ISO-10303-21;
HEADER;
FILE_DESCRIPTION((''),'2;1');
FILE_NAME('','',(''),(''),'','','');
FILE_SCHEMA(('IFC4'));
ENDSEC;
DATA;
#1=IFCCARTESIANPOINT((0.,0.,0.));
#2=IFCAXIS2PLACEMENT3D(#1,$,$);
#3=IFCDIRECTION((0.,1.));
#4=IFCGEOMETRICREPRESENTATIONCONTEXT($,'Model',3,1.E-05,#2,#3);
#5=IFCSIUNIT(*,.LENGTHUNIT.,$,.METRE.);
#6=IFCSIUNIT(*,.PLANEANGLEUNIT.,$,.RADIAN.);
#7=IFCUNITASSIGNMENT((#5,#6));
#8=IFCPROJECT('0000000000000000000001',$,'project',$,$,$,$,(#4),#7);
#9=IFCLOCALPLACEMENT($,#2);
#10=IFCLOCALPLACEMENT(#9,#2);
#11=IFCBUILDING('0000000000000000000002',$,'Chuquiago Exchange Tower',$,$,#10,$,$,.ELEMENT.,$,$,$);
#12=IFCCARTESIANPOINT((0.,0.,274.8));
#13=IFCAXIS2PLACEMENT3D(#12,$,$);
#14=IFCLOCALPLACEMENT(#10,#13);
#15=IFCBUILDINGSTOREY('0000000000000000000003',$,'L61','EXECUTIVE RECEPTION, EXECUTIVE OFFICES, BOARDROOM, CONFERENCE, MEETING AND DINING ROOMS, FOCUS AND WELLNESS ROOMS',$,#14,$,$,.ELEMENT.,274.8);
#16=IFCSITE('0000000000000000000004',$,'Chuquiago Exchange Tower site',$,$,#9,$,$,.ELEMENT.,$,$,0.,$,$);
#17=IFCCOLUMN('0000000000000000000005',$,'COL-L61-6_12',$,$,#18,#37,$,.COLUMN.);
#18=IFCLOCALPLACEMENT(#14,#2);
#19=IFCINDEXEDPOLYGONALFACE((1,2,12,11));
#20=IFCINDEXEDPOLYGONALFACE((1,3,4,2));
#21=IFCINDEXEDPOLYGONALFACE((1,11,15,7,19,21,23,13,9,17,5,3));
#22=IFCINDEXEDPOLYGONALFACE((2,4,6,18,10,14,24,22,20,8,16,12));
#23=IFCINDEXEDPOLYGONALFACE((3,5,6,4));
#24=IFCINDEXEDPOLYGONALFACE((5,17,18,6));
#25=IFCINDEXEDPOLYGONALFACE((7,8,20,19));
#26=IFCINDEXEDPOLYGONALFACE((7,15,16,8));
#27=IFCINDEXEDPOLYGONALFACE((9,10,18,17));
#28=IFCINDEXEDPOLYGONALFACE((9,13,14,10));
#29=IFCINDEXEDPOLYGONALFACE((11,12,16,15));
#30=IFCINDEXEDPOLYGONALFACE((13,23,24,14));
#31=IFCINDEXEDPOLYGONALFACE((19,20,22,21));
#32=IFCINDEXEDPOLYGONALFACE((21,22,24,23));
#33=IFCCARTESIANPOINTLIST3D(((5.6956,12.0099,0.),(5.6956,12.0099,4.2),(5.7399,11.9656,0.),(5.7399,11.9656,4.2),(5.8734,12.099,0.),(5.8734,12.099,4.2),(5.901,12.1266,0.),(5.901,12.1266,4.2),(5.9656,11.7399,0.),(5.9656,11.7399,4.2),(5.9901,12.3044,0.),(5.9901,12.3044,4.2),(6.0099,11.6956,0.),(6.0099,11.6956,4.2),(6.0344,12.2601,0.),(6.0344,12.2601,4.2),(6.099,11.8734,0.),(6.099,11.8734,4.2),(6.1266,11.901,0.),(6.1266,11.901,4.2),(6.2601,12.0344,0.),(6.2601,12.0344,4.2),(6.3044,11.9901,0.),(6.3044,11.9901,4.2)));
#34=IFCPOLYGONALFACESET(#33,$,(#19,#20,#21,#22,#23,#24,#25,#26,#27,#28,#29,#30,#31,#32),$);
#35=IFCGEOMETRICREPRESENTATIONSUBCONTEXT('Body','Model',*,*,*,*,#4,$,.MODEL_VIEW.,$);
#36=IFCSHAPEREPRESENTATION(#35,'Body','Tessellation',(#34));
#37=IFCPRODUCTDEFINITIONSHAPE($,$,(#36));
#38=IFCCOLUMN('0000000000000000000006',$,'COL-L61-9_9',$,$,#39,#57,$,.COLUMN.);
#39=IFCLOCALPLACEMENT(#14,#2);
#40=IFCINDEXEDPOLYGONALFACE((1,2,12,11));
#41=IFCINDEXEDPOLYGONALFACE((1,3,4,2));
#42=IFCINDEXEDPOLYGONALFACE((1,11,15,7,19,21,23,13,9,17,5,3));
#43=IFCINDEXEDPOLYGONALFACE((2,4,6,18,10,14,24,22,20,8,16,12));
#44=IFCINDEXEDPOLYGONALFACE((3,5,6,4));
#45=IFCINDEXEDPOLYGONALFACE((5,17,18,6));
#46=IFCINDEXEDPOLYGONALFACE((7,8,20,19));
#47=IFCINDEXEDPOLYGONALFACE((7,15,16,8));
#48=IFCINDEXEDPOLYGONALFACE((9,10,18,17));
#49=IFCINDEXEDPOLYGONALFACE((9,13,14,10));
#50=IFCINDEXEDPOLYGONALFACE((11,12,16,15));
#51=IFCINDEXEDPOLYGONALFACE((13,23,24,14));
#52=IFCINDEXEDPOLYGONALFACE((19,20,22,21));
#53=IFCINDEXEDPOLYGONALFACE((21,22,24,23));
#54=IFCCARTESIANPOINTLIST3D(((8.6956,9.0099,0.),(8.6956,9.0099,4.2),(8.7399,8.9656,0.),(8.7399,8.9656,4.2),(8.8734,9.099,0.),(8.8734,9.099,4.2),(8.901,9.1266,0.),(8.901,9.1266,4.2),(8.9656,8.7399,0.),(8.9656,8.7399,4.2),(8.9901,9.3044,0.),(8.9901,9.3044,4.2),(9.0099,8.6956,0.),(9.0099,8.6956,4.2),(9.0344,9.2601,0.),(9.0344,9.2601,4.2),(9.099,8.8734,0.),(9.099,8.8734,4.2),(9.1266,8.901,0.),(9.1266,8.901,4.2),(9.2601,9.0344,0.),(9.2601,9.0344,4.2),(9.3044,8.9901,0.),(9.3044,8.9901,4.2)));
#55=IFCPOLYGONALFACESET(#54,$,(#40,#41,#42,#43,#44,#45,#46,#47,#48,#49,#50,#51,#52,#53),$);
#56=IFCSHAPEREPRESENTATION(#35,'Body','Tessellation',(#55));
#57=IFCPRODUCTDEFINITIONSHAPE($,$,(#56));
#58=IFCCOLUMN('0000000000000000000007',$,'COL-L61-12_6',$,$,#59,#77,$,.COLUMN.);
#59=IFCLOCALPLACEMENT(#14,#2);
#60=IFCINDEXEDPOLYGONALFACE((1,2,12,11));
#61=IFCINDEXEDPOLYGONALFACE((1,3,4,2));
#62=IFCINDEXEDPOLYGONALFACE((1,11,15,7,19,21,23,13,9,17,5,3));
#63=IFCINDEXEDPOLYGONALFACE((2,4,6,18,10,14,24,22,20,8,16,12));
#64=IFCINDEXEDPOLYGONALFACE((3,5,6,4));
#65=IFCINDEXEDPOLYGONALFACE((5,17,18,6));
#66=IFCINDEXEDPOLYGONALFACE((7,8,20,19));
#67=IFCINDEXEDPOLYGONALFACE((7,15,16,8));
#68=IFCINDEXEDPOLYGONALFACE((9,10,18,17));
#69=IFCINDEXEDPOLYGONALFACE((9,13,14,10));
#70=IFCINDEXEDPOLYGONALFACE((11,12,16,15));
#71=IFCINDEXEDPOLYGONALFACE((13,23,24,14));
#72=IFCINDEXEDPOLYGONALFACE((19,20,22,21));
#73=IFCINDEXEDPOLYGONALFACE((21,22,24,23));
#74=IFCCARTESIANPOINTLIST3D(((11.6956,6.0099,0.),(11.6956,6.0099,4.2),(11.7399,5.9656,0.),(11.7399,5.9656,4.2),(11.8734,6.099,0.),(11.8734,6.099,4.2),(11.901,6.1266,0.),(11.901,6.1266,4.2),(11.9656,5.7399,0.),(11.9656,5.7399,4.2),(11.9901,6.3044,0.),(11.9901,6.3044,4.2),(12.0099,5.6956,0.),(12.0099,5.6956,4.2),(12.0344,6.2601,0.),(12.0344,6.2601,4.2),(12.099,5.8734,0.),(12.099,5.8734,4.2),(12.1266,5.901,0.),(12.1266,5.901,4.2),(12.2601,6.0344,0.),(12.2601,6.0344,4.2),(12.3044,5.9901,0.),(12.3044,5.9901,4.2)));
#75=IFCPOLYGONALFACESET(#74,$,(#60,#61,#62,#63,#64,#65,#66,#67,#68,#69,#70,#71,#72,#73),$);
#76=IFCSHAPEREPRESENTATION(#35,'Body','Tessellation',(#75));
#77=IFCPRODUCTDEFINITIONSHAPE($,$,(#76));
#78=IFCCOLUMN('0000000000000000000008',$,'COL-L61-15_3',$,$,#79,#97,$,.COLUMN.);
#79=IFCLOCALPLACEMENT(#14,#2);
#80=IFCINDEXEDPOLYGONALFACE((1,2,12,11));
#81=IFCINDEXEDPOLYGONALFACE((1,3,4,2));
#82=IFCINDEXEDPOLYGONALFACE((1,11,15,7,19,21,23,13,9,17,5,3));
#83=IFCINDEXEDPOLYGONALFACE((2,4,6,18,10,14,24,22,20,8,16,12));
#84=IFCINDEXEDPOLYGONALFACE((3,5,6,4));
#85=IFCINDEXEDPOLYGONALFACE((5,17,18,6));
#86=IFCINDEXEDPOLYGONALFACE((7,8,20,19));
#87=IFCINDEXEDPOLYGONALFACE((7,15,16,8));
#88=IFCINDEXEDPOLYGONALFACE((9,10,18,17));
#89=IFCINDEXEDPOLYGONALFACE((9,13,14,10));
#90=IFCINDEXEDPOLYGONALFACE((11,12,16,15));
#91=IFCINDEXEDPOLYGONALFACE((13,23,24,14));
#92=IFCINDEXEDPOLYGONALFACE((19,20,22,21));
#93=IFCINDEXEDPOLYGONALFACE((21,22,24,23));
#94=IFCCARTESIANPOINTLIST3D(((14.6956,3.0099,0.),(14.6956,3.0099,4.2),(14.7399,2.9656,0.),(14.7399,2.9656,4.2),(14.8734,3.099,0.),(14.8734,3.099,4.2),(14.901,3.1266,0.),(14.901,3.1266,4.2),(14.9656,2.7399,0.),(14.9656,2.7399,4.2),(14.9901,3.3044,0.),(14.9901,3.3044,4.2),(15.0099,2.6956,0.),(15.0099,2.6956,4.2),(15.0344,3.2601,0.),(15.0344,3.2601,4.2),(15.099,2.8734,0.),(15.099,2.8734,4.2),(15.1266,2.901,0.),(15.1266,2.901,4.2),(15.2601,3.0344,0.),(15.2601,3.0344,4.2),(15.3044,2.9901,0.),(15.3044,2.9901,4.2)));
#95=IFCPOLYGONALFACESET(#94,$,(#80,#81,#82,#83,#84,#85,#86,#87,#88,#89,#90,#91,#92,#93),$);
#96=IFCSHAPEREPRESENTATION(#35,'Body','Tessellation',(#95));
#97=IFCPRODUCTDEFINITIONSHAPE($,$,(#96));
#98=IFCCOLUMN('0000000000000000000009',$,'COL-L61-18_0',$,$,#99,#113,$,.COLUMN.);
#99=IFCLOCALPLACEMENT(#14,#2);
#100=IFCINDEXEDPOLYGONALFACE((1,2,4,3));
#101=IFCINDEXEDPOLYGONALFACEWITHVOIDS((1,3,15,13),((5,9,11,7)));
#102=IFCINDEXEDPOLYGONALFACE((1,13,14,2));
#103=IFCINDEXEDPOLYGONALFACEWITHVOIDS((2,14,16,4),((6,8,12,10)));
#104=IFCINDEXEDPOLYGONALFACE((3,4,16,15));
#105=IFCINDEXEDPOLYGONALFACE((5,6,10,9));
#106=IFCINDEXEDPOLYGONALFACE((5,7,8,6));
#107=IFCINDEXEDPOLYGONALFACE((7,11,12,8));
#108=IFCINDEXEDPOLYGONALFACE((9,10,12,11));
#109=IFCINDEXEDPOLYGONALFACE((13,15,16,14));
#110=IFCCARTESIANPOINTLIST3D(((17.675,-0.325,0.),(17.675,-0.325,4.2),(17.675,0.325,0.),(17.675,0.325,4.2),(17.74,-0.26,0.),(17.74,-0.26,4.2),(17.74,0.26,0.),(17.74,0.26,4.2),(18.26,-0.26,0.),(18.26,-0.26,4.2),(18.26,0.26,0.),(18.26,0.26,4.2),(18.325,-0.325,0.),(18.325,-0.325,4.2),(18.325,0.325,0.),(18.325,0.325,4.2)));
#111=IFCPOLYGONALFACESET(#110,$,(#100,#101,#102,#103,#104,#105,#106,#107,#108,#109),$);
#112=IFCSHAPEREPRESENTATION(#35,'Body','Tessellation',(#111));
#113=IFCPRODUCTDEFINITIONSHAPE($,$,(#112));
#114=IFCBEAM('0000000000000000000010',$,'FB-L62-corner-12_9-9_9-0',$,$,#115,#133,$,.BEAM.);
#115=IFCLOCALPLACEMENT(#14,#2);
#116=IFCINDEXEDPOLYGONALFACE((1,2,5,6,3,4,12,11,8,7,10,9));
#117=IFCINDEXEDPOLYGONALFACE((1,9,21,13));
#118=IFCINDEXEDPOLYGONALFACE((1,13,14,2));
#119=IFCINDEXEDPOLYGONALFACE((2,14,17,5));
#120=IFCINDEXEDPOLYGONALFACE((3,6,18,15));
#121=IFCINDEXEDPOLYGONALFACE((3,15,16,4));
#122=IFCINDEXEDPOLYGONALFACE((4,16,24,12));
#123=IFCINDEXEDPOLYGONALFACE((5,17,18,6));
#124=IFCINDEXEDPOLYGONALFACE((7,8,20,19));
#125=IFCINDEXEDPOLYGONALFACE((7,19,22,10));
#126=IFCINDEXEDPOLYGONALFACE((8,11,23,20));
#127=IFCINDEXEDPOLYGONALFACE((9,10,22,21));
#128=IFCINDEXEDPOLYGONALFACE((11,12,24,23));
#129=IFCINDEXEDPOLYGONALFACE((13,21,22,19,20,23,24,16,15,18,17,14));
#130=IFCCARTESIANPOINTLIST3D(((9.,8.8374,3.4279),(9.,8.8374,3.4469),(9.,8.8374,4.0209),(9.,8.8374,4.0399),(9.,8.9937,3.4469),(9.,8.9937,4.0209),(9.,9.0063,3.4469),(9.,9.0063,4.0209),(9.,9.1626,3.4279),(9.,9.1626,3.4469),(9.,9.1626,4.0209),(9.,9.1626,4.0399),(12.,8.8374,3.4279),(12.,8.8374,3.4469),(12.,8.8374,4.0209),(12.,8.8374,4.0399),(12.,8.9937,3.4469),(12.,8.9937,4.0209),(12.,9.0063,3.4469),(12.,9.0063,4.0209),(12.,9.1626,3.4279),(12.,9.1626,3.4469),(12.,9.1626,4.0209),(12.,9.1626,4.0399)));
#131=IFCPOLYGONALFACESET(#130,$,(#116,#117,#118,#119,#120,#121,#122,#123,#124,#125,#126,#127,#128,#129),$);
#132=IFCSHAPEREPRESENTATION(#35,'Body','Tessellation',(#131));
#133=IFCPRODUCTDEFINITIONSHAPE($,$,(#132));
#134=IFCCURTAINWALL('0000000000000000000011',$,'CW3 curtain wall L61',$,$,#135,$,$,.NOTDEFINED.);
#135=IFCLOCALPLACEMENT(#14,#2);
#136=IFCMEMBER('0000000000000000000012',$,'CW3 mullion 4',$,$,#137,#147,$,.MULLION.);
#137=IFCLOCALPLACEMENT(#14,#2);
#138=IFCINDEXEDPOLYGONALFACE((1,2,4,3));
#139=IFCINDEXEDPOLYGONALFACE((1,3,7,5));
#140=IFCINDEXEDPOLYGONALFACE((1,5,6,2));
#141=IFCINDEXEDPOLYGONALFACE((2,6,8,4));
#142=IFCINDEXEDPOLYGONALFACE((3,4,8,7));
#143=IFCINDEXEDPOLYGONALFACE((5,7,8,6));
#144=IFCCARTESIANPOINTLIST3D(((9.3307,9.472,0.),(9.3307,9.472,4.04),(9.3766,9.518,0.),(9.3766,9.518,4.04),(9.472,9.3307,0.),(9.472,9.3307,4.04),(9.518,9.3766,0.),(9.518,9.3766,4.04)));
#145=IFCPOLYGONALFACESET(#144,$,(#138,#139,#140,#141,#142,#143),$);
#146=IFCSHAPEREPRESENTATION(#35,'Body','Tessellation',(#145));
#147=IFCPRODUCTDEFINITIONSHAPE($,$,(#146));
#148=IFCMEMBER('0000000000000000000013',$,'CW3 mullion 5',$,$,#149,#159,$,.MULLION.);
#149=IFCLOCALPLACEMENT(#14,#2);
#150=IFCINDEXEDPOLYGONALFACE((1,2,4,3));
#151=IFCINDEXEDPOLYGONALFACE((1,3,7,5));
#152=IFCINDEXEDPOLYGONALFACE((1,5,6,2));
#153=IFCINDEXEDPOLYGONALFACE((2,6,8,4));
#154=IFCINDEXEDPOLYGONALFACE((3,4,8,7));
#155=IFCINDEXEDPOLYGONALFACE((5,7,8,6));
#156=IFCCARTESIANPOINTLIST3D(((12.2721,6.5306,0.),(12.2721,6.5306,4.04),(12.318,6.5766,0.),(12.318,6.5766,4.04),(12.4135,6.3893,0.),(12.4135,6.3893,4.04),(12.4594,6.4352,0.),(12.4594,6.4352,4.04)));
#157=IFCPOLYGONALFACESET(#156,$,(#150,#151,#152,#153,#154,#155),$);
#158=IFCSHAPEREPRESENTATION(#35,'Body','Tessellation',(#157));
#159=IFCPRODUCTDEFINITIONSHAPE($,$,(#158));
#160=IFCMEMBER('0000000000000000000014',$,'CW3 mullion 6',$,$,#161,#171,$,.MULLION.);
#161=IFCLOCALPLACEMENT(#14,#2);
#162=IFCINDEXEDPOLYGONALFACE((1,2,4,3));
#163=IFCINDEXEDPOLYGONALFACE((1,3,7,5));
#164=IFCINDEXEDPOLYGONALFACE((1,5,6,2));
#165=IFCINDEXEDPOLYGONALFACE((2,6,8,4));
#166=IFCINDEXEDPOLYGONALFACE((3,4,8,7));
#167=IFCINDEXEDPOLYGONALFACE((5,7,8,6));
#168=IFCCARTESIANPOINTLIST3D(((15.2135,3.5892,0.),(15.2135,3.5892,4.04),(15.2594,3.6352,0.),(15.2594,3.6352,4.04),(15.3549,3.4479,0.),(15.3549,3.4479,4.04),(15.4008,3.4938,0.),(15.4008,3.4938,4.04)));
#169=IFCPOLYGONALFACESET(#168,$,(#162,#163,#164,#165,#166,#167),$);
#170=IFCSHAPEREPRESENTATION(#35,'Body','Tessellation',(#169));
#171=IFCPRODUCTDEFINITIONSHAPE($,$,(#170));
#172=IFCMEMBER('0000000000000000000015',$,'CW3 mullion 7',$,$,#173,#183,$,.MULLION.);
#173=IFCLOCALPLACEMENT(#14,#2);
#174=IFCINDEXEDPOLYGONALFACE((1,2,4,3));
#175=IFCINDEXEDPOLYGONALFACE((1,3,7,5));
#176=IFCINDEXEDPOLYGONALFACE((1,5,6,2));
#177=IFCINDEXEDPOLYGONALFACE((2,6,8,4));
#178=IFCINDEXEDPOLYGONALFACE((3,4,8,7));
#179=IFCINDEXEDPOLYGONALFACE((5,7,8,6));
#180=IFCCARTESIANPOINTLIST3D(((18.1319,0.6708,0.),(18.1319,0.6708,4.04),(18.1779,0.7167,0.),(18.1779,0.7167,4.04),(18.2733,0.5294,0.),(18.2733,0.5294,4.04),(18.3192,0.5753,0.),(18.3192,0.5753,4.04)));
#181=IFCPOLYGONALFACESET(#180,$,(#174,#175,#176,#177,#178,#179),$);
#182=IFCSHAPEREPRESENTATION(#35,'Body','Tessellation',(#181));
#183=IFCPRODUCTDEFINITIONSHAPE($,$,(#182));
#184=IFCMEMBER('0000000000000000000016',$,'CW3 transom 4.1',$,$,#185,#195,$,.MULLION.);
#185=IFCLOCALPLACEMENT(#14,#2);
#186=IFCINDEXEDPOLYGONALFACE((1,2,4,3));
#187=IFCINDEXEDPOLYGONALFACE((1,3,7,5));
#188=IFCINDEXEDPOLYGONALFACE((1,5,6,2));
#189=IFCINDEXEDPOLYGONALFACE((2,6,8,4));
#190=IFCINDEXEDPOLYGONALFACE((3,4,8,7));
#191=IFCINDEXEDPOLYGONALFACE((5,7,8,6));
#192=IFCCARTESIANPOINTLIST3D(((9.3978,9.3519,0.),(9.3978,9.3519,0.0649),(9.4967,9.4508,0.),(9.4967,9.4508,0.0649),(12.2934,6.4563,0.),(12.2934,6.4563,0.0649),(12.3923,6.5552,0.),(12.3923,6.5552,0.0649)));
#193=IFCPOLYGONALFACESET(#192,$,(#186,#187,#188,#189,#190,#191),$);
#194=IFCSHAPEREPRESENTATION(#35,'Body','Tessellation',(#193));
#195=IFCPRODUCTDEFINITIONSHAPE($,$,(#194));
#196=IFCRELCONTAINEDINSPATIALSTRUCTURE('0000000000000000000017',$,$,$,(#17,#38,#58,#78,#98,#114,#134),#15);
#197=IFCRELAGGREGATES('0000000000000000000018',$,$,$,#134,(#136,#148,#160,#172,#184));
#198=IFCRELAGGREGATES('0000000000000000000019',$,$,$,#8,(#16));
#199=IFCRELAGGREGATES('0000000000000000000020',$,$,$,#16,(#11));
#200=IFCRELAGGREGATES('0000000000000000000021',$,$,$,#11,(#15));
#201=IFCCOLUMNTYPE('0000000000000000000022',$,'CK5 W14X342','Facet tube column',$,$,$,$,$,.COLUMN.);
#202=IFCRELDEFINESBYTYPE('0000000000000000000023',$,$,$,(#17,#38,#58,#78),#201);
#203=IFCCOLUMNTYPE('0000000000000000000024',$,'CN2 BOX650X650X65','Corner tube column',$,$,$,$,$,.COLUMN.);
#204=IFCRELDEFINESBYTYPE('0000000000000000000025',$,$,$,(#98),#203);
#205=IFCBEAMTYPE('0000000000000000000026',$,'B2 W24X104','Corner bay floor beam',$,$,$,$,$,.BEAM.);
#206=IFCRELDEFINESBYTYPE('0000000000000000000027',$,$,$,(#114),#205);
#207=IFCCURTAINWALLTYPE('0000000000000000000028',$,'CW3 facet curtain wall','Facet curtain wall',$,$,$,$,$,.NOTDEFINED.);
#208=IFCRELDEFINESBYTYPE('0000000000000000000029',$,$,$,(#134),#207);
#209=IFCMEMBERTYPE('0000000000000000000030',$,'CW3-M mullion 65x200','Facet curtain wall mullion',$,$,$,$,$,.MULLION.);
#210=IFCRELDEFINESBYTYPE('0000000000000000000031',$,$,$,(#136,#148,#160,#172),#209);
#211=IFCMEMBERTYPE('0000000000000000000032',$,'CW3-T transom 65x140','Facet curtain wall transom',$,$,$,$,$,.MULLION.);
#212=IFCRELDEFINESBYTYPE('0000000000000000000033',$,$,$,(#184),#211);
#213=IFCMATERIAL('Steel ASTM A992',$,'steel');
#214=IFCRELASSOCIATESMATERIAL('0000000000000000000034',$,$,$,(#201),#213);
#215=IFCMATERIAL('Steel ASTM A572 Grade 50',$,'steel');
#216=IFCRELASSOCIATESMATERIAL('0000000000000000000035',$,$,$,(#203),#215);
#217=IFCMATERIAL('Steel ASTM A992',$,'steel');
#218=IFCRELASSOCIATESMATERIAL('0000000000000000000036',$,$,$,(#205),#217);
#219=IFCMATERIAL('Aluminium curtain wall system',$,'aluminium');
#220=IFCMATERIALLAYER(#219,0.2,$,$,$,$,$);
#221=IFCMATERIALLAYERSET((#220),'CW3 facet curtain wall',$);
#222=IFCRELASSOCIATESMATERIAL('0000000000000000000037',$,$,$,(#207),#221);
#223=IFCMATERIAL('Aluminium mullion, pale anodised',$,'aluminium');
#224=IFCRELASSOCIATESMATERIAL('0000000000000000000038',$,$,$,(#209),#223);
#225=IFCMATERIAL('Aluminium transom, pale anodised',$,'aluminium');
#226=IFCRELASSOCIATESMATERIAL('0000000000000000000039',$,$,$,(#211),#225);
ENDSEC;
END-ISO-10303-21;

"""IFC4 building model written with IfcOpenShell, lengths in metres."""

from ifc_helpers import new_model, si_unit, direction, frame, origin, origin_2d, place, context, subcontext, project, spatial, rectangle, hollow_rectangle, i_section, extrude, material, layer, layer_set, material_profile, profile_set, type_object, element, aggregate, save


model = new_model("IFC4")

# Units and contexts
model_context = context("Model", 3, precision=1e-05, world=origin(), true_north=direction((0.0, 1.0)))
body_context = subcontext(model_context, "Body", "Model", "MODEL_VIEW")
ifc_project = project(units=[si_unit("LENGTHUNIT", "METRE"), si_unit("PLANEANGLEUNIT", "RADIAN")], contexts=[model_context])

# Site, building, storey
site_placement = place(None, origin())
site = spatial("IfcSite", under=ifc_project, at=site_placement, Name="Chuquiago Exchange Tower site", CompositionType="ELEMENT", RefElevation=0.0)
building_placement = place(site_placement, origin())
building = spatial("IfcBuilding", under=site, at=building_placement, Name="Chuquiago Exchange Tower", CompositionType="ELEMENT")
storey_placement = place(building_placement, frame((0.0, 0.0, 274.8)))
storey = spatial("IfcBuildingStorey", under=building, at=storey_placement, Name="L61", Description="EXECUTIVE RECEPTION, EXECUTIVE OFFICES, BOARDROOM, CONFERENCE, MEETING AND DINING ROOMS, FOCUS AND WELLNESS ROOMS", CompositionType="ELEMENT", Elevation=274.8)

# Columns
ifc_material_1 = material(Name="Steel ASTM A992", Category="steel")
ifc_material_profile_1 = material_profile(ifc_material_1, i_section(OverallWidth=0.4165, OverallDepth=0.4446, WebThickness=0.0391, FlangeThickness=0.0627, at=origin_2d()), Name="W14X342")
ifc_profile_set_1 = profile_set([ifc_material_profile_1], Name="Steel ASTM A992")
column_type_1 = type_object("IfcColumnType", Name="CK5 W14X342", Description="Facet tube column", PredefinedType="COLUMN", material=ifc_profile_set_1)
for number, where, z_axis, x_axis, name in (
    (1, (6.0, 12.0, 0.0), (0.0, 0.0, 1.0), (-0.707107, -0.707107, 0.0), "COL-L61-6_12"),
    (2, (9.0, 9.0, 0.0), (0.0, 0.0, 1.0), (-0.707107, -0.707107, 0.0), "COL-L61-9_9"),
    (3, (12.0, 6.0, 0.0), (0.0, 0.0, 1.0), (-0.707107, -0.707107, 0.0), "COL-L61-12_6"),
    (4, (15.0, 3.0, 0.0), (0.0, 0.0, 1.0), (-0.707107, -0.707107, 0.0), "COL-L61-15_3"),
):
    element("IfcColumn", number, at=place(storey_placement, frame(where, z_axis=z_axis, x_axis=x_axis)), inside=storey, type_object=column_type_1, Name=name, PredefinedType="COLUMN", context=body_context, shape_type="SweptSolid", body=[
        extrude(i_section(OverallWidth=0.4165, OverallDepth=0.4446, WebThickness=0.0391, FlangeThickness=0.0627, at=origin_2d()), origin(), (0.0, 0.0, 1.0), 4.2),
    ])
ifc_material_2 = material(Name="Steel ASTM A572 Grade 50", Category="steel")
ifc_material_profile_2 = material_profile(ifc_material_2, hollow_rectangle(XDim=0.6499, YDim=0.6499, WallThickness=0.0649, at=origin_2d()), Name="BOX650X650X65")
ifc_profile_set_2 = profile_set([ifc_material_profile_2], Name="Steel ASTM A572 Grade 50")
column_type_2 = type_object("IfcColumnType", Name="CN2 BOX650X650X65", Description="Corner tube column", PredefinedType="COLUMN", material=ifc_profile_set_2)
column_placement = place(storey_placement, frame((18.0, 0.0, 0.0), z_axis=(0.0, 0.0, 1.0), x_axis=(0.0, -1.0, 0.0)))
element("IfcColumn", 5, at=column_placement, inside=storey, type_object=column_type_2, Name="COL-L61-18_0", PredefinedType="COLUMN", context=body_context, shape_type="SweptSolid", body=[
    extrude(hollow_rectangle(XDim=0.6499, YDim=0.6499, WallThickness=0.0649, at=origin_2d()), origin(), (0.0, 0.0, 1.0), 4.2),
])

# Beam
ifc_material_3 = material(Name="Steel ASTM A992", Category="steel")
ifc_material_profile_3 = material_profile(ifc_material_3, i_section(OverallWidth=0.3252, OverallDepth=0.6121, WebThickness=0.0127, FlangeThickness=0.019, at=origin_2d()), Name="W24X104")
ifc_profile_set_3 = profile_set([ifc_material_profile_3], Name="Steel ASTM A992")
beam_type_1 = type_object("IfcBeamType", Name="B2 W24X104", Description="Corner bay floor beam", PredefinedType="BEAM", material=ifc_profile_set_3)
beam_1_placement = place(storey_placement, frame((12.0, 9.0, 3.7339), z_axis=(-1.0, 0.0, 0.0), x_axis=(0.0, -1.0, 0.0)))
element("IfcBeam", 6, at=beam_1_placement, inside=storey, type_object=beam_type_1, Name="FB-L62-corner-12_9-9_9-0", PredefinedType="BEAM", context=body_context, shape_type="SweptSolid", body=[
    extrude(i_section(OverallWidth=0.3252, OverallDepth=0.6121, WebThickness=0.0127, FlangeThickness=0.019, at=origin_2d()), origin(), (0.0, 0.0, 1.0), 3.0),
])

# Curtain wall, members
ifc_material_4 = material(Name="Aluminium curtain wall system", Category="aluminium")
ifc_layer_1 = layer(ifc_material_4, 0.2)
ifc_layer_set_1 = layer_set([ifc_layer_1], Name="CW3 facet curtain wall")
curtain_wall_type = type_object("IfcCurtainWallType", Name="CW3 facet curtain wall", Description="Facet curtain wall", PredefinedType="NOTDEFINED", material=ifc_layer_set_1)
curtain_wall_placement = place(storey_placement, origin())
curtain_wall = element("IfcCurtainWall", 7, at=curtain_wall_placement, inside=storey, type_object=curtain_wall_type, Name="CW3 curtain wall L61", PredefinedType="NOTDEFINED")
ifc_material_5 = material(Name="Aluminium mullion, pale anodised", Category="aluminium")
ifc_material_profile_4 = material_profile(ifc_material_5, rectangle(XDim=0.0649, YDim=0.2, at=origin_2d()), Name="AL 65x200")
ifc_profile_set_4 = profile_set([ifc_material_profile_4], Name="Aluminium mullion, pale anodised")
member_type_1 = type_object("IfcMemberType", Name="CW3-M mullion 65x200", Description="Facet curtain wall mullion", PredefinedType="MULLION", material=ifc_profile_set_4)
member_1_placement = place(storey_placement, frame((9.4243, 9.4243, 0.0), z_axis=(0.0, 0.0, 1.0), x_axis=(0.707107, 0.707107, 0.0)))
member_1 = element("IfcMember", 8, at=member_1_placement, type_object=member_type_1, Name="CW3 mullion 4", PredefinedType="MULLION", context=body_context, shape_type="SweptSolid", body=[
    extrude(rectangle(XDim=0.0649, YDim=0.2, at=origin_2d()), origin(), (0.0, 0.0, 1.0), 4.04),
])
member_2_placement = place(storey_placement, frame((12.3657, 6.4829, 0.0), z_axis=(0.0, 0.0, 1.0), x_axis=(0.707107, 0.707107, 0.0)))
member_2 = element("IfcMember", 9, at=member_2_placement, type_object=member_type_1, Name="CW3 mullion 5", PredefinedType="MULLION", context=body_context, shape_type="SweptSolid", body=[
    extrude(rectangle(XDim=0.0649, YDim=0.2, at=origin_2d()), origin(), (0.0, 0.0, 1.0), 4.04),
])
member_3_placement = place(storey_placement, frame((15.3071, 3.5415, 0.0), z_axis=(0.0, 0.0, 1.0), x_axis=(0.707107, 0.707107, 0.0)))
member_3 = element("IfcMember", 10, at=member_3_placement, type_object=member_type_1, Name="CW3 mullion 6", PredefinedType="MULLION", context=body_context, shape_type="SweptSolid", body=[
    extrude(rectangle(XDim=0.0649, YDim=0.2, at=origin_2d()), origin(), (0.0, 0.0, 1.0), 4.04),
])
member_4_placement = place(storey_placement, frame((18.2256, 0.623, 0.0), z_axis=(0.0, 0.0, 1.0), x_axis=(0.707107, 0.707107, 0.0)))
member_4 = element("IfcMember", 11, at=member_4_placement, type_object=member_type_1, Name="CW3 mullion 7", PredefinedType="MULLION", context=body_context, shape_type="SweptSolid", body=[
    extrude(rectangle(XDim=0.0649, YDim=0.2, at=origin_2d()), origin(), (0.0, 0.0, 1.0), 4.04),
])
ifc_material_6 = material(Name="Aluminium transom, pale anodised", Category="aluminium")
ifc_material_profile_5 = material_profile(ifc_material_6, rectangle(XDim=0.1399, YDim=0.0649, at=origin_2d()), Name="AL 140x65")
ifc_profile_set_5 = profile_set([ifc_material_profile_5], Name="Aluminium transom, pale anodised")
member_type_2 = type_object("IfcMemberType", Name="CW3-T transom 65x140", Description="Facet curtain wall transom", PredefinedType="MULLION", material=ifc_profile_set_5)
member_5_placement = place(storey_placement, frame((9.4473, 9.4014, 0.0325), z_axis=(0.707107, -0.707107, 0.0), x_axis=(0.707107, 0.707107, 0.0)))
member_5 = element("IfcMember", 12, at=member_5_placement, type_object=member_type_2, Name="CW3 transom 4.1", PredefinedType="MULLION", context=body_context, shape_type="SweptSolid", body=[
    extrude(rectangle(XDim=0.1399, YDim=0.0649, at=origin_2d()), origin(), (0.0, 0.0, 1.0), 4.095),
])

aggregate(curtain_wall, [member_1, member_2, member_3, member_4, member_5])

save(model, "model.ifc")
